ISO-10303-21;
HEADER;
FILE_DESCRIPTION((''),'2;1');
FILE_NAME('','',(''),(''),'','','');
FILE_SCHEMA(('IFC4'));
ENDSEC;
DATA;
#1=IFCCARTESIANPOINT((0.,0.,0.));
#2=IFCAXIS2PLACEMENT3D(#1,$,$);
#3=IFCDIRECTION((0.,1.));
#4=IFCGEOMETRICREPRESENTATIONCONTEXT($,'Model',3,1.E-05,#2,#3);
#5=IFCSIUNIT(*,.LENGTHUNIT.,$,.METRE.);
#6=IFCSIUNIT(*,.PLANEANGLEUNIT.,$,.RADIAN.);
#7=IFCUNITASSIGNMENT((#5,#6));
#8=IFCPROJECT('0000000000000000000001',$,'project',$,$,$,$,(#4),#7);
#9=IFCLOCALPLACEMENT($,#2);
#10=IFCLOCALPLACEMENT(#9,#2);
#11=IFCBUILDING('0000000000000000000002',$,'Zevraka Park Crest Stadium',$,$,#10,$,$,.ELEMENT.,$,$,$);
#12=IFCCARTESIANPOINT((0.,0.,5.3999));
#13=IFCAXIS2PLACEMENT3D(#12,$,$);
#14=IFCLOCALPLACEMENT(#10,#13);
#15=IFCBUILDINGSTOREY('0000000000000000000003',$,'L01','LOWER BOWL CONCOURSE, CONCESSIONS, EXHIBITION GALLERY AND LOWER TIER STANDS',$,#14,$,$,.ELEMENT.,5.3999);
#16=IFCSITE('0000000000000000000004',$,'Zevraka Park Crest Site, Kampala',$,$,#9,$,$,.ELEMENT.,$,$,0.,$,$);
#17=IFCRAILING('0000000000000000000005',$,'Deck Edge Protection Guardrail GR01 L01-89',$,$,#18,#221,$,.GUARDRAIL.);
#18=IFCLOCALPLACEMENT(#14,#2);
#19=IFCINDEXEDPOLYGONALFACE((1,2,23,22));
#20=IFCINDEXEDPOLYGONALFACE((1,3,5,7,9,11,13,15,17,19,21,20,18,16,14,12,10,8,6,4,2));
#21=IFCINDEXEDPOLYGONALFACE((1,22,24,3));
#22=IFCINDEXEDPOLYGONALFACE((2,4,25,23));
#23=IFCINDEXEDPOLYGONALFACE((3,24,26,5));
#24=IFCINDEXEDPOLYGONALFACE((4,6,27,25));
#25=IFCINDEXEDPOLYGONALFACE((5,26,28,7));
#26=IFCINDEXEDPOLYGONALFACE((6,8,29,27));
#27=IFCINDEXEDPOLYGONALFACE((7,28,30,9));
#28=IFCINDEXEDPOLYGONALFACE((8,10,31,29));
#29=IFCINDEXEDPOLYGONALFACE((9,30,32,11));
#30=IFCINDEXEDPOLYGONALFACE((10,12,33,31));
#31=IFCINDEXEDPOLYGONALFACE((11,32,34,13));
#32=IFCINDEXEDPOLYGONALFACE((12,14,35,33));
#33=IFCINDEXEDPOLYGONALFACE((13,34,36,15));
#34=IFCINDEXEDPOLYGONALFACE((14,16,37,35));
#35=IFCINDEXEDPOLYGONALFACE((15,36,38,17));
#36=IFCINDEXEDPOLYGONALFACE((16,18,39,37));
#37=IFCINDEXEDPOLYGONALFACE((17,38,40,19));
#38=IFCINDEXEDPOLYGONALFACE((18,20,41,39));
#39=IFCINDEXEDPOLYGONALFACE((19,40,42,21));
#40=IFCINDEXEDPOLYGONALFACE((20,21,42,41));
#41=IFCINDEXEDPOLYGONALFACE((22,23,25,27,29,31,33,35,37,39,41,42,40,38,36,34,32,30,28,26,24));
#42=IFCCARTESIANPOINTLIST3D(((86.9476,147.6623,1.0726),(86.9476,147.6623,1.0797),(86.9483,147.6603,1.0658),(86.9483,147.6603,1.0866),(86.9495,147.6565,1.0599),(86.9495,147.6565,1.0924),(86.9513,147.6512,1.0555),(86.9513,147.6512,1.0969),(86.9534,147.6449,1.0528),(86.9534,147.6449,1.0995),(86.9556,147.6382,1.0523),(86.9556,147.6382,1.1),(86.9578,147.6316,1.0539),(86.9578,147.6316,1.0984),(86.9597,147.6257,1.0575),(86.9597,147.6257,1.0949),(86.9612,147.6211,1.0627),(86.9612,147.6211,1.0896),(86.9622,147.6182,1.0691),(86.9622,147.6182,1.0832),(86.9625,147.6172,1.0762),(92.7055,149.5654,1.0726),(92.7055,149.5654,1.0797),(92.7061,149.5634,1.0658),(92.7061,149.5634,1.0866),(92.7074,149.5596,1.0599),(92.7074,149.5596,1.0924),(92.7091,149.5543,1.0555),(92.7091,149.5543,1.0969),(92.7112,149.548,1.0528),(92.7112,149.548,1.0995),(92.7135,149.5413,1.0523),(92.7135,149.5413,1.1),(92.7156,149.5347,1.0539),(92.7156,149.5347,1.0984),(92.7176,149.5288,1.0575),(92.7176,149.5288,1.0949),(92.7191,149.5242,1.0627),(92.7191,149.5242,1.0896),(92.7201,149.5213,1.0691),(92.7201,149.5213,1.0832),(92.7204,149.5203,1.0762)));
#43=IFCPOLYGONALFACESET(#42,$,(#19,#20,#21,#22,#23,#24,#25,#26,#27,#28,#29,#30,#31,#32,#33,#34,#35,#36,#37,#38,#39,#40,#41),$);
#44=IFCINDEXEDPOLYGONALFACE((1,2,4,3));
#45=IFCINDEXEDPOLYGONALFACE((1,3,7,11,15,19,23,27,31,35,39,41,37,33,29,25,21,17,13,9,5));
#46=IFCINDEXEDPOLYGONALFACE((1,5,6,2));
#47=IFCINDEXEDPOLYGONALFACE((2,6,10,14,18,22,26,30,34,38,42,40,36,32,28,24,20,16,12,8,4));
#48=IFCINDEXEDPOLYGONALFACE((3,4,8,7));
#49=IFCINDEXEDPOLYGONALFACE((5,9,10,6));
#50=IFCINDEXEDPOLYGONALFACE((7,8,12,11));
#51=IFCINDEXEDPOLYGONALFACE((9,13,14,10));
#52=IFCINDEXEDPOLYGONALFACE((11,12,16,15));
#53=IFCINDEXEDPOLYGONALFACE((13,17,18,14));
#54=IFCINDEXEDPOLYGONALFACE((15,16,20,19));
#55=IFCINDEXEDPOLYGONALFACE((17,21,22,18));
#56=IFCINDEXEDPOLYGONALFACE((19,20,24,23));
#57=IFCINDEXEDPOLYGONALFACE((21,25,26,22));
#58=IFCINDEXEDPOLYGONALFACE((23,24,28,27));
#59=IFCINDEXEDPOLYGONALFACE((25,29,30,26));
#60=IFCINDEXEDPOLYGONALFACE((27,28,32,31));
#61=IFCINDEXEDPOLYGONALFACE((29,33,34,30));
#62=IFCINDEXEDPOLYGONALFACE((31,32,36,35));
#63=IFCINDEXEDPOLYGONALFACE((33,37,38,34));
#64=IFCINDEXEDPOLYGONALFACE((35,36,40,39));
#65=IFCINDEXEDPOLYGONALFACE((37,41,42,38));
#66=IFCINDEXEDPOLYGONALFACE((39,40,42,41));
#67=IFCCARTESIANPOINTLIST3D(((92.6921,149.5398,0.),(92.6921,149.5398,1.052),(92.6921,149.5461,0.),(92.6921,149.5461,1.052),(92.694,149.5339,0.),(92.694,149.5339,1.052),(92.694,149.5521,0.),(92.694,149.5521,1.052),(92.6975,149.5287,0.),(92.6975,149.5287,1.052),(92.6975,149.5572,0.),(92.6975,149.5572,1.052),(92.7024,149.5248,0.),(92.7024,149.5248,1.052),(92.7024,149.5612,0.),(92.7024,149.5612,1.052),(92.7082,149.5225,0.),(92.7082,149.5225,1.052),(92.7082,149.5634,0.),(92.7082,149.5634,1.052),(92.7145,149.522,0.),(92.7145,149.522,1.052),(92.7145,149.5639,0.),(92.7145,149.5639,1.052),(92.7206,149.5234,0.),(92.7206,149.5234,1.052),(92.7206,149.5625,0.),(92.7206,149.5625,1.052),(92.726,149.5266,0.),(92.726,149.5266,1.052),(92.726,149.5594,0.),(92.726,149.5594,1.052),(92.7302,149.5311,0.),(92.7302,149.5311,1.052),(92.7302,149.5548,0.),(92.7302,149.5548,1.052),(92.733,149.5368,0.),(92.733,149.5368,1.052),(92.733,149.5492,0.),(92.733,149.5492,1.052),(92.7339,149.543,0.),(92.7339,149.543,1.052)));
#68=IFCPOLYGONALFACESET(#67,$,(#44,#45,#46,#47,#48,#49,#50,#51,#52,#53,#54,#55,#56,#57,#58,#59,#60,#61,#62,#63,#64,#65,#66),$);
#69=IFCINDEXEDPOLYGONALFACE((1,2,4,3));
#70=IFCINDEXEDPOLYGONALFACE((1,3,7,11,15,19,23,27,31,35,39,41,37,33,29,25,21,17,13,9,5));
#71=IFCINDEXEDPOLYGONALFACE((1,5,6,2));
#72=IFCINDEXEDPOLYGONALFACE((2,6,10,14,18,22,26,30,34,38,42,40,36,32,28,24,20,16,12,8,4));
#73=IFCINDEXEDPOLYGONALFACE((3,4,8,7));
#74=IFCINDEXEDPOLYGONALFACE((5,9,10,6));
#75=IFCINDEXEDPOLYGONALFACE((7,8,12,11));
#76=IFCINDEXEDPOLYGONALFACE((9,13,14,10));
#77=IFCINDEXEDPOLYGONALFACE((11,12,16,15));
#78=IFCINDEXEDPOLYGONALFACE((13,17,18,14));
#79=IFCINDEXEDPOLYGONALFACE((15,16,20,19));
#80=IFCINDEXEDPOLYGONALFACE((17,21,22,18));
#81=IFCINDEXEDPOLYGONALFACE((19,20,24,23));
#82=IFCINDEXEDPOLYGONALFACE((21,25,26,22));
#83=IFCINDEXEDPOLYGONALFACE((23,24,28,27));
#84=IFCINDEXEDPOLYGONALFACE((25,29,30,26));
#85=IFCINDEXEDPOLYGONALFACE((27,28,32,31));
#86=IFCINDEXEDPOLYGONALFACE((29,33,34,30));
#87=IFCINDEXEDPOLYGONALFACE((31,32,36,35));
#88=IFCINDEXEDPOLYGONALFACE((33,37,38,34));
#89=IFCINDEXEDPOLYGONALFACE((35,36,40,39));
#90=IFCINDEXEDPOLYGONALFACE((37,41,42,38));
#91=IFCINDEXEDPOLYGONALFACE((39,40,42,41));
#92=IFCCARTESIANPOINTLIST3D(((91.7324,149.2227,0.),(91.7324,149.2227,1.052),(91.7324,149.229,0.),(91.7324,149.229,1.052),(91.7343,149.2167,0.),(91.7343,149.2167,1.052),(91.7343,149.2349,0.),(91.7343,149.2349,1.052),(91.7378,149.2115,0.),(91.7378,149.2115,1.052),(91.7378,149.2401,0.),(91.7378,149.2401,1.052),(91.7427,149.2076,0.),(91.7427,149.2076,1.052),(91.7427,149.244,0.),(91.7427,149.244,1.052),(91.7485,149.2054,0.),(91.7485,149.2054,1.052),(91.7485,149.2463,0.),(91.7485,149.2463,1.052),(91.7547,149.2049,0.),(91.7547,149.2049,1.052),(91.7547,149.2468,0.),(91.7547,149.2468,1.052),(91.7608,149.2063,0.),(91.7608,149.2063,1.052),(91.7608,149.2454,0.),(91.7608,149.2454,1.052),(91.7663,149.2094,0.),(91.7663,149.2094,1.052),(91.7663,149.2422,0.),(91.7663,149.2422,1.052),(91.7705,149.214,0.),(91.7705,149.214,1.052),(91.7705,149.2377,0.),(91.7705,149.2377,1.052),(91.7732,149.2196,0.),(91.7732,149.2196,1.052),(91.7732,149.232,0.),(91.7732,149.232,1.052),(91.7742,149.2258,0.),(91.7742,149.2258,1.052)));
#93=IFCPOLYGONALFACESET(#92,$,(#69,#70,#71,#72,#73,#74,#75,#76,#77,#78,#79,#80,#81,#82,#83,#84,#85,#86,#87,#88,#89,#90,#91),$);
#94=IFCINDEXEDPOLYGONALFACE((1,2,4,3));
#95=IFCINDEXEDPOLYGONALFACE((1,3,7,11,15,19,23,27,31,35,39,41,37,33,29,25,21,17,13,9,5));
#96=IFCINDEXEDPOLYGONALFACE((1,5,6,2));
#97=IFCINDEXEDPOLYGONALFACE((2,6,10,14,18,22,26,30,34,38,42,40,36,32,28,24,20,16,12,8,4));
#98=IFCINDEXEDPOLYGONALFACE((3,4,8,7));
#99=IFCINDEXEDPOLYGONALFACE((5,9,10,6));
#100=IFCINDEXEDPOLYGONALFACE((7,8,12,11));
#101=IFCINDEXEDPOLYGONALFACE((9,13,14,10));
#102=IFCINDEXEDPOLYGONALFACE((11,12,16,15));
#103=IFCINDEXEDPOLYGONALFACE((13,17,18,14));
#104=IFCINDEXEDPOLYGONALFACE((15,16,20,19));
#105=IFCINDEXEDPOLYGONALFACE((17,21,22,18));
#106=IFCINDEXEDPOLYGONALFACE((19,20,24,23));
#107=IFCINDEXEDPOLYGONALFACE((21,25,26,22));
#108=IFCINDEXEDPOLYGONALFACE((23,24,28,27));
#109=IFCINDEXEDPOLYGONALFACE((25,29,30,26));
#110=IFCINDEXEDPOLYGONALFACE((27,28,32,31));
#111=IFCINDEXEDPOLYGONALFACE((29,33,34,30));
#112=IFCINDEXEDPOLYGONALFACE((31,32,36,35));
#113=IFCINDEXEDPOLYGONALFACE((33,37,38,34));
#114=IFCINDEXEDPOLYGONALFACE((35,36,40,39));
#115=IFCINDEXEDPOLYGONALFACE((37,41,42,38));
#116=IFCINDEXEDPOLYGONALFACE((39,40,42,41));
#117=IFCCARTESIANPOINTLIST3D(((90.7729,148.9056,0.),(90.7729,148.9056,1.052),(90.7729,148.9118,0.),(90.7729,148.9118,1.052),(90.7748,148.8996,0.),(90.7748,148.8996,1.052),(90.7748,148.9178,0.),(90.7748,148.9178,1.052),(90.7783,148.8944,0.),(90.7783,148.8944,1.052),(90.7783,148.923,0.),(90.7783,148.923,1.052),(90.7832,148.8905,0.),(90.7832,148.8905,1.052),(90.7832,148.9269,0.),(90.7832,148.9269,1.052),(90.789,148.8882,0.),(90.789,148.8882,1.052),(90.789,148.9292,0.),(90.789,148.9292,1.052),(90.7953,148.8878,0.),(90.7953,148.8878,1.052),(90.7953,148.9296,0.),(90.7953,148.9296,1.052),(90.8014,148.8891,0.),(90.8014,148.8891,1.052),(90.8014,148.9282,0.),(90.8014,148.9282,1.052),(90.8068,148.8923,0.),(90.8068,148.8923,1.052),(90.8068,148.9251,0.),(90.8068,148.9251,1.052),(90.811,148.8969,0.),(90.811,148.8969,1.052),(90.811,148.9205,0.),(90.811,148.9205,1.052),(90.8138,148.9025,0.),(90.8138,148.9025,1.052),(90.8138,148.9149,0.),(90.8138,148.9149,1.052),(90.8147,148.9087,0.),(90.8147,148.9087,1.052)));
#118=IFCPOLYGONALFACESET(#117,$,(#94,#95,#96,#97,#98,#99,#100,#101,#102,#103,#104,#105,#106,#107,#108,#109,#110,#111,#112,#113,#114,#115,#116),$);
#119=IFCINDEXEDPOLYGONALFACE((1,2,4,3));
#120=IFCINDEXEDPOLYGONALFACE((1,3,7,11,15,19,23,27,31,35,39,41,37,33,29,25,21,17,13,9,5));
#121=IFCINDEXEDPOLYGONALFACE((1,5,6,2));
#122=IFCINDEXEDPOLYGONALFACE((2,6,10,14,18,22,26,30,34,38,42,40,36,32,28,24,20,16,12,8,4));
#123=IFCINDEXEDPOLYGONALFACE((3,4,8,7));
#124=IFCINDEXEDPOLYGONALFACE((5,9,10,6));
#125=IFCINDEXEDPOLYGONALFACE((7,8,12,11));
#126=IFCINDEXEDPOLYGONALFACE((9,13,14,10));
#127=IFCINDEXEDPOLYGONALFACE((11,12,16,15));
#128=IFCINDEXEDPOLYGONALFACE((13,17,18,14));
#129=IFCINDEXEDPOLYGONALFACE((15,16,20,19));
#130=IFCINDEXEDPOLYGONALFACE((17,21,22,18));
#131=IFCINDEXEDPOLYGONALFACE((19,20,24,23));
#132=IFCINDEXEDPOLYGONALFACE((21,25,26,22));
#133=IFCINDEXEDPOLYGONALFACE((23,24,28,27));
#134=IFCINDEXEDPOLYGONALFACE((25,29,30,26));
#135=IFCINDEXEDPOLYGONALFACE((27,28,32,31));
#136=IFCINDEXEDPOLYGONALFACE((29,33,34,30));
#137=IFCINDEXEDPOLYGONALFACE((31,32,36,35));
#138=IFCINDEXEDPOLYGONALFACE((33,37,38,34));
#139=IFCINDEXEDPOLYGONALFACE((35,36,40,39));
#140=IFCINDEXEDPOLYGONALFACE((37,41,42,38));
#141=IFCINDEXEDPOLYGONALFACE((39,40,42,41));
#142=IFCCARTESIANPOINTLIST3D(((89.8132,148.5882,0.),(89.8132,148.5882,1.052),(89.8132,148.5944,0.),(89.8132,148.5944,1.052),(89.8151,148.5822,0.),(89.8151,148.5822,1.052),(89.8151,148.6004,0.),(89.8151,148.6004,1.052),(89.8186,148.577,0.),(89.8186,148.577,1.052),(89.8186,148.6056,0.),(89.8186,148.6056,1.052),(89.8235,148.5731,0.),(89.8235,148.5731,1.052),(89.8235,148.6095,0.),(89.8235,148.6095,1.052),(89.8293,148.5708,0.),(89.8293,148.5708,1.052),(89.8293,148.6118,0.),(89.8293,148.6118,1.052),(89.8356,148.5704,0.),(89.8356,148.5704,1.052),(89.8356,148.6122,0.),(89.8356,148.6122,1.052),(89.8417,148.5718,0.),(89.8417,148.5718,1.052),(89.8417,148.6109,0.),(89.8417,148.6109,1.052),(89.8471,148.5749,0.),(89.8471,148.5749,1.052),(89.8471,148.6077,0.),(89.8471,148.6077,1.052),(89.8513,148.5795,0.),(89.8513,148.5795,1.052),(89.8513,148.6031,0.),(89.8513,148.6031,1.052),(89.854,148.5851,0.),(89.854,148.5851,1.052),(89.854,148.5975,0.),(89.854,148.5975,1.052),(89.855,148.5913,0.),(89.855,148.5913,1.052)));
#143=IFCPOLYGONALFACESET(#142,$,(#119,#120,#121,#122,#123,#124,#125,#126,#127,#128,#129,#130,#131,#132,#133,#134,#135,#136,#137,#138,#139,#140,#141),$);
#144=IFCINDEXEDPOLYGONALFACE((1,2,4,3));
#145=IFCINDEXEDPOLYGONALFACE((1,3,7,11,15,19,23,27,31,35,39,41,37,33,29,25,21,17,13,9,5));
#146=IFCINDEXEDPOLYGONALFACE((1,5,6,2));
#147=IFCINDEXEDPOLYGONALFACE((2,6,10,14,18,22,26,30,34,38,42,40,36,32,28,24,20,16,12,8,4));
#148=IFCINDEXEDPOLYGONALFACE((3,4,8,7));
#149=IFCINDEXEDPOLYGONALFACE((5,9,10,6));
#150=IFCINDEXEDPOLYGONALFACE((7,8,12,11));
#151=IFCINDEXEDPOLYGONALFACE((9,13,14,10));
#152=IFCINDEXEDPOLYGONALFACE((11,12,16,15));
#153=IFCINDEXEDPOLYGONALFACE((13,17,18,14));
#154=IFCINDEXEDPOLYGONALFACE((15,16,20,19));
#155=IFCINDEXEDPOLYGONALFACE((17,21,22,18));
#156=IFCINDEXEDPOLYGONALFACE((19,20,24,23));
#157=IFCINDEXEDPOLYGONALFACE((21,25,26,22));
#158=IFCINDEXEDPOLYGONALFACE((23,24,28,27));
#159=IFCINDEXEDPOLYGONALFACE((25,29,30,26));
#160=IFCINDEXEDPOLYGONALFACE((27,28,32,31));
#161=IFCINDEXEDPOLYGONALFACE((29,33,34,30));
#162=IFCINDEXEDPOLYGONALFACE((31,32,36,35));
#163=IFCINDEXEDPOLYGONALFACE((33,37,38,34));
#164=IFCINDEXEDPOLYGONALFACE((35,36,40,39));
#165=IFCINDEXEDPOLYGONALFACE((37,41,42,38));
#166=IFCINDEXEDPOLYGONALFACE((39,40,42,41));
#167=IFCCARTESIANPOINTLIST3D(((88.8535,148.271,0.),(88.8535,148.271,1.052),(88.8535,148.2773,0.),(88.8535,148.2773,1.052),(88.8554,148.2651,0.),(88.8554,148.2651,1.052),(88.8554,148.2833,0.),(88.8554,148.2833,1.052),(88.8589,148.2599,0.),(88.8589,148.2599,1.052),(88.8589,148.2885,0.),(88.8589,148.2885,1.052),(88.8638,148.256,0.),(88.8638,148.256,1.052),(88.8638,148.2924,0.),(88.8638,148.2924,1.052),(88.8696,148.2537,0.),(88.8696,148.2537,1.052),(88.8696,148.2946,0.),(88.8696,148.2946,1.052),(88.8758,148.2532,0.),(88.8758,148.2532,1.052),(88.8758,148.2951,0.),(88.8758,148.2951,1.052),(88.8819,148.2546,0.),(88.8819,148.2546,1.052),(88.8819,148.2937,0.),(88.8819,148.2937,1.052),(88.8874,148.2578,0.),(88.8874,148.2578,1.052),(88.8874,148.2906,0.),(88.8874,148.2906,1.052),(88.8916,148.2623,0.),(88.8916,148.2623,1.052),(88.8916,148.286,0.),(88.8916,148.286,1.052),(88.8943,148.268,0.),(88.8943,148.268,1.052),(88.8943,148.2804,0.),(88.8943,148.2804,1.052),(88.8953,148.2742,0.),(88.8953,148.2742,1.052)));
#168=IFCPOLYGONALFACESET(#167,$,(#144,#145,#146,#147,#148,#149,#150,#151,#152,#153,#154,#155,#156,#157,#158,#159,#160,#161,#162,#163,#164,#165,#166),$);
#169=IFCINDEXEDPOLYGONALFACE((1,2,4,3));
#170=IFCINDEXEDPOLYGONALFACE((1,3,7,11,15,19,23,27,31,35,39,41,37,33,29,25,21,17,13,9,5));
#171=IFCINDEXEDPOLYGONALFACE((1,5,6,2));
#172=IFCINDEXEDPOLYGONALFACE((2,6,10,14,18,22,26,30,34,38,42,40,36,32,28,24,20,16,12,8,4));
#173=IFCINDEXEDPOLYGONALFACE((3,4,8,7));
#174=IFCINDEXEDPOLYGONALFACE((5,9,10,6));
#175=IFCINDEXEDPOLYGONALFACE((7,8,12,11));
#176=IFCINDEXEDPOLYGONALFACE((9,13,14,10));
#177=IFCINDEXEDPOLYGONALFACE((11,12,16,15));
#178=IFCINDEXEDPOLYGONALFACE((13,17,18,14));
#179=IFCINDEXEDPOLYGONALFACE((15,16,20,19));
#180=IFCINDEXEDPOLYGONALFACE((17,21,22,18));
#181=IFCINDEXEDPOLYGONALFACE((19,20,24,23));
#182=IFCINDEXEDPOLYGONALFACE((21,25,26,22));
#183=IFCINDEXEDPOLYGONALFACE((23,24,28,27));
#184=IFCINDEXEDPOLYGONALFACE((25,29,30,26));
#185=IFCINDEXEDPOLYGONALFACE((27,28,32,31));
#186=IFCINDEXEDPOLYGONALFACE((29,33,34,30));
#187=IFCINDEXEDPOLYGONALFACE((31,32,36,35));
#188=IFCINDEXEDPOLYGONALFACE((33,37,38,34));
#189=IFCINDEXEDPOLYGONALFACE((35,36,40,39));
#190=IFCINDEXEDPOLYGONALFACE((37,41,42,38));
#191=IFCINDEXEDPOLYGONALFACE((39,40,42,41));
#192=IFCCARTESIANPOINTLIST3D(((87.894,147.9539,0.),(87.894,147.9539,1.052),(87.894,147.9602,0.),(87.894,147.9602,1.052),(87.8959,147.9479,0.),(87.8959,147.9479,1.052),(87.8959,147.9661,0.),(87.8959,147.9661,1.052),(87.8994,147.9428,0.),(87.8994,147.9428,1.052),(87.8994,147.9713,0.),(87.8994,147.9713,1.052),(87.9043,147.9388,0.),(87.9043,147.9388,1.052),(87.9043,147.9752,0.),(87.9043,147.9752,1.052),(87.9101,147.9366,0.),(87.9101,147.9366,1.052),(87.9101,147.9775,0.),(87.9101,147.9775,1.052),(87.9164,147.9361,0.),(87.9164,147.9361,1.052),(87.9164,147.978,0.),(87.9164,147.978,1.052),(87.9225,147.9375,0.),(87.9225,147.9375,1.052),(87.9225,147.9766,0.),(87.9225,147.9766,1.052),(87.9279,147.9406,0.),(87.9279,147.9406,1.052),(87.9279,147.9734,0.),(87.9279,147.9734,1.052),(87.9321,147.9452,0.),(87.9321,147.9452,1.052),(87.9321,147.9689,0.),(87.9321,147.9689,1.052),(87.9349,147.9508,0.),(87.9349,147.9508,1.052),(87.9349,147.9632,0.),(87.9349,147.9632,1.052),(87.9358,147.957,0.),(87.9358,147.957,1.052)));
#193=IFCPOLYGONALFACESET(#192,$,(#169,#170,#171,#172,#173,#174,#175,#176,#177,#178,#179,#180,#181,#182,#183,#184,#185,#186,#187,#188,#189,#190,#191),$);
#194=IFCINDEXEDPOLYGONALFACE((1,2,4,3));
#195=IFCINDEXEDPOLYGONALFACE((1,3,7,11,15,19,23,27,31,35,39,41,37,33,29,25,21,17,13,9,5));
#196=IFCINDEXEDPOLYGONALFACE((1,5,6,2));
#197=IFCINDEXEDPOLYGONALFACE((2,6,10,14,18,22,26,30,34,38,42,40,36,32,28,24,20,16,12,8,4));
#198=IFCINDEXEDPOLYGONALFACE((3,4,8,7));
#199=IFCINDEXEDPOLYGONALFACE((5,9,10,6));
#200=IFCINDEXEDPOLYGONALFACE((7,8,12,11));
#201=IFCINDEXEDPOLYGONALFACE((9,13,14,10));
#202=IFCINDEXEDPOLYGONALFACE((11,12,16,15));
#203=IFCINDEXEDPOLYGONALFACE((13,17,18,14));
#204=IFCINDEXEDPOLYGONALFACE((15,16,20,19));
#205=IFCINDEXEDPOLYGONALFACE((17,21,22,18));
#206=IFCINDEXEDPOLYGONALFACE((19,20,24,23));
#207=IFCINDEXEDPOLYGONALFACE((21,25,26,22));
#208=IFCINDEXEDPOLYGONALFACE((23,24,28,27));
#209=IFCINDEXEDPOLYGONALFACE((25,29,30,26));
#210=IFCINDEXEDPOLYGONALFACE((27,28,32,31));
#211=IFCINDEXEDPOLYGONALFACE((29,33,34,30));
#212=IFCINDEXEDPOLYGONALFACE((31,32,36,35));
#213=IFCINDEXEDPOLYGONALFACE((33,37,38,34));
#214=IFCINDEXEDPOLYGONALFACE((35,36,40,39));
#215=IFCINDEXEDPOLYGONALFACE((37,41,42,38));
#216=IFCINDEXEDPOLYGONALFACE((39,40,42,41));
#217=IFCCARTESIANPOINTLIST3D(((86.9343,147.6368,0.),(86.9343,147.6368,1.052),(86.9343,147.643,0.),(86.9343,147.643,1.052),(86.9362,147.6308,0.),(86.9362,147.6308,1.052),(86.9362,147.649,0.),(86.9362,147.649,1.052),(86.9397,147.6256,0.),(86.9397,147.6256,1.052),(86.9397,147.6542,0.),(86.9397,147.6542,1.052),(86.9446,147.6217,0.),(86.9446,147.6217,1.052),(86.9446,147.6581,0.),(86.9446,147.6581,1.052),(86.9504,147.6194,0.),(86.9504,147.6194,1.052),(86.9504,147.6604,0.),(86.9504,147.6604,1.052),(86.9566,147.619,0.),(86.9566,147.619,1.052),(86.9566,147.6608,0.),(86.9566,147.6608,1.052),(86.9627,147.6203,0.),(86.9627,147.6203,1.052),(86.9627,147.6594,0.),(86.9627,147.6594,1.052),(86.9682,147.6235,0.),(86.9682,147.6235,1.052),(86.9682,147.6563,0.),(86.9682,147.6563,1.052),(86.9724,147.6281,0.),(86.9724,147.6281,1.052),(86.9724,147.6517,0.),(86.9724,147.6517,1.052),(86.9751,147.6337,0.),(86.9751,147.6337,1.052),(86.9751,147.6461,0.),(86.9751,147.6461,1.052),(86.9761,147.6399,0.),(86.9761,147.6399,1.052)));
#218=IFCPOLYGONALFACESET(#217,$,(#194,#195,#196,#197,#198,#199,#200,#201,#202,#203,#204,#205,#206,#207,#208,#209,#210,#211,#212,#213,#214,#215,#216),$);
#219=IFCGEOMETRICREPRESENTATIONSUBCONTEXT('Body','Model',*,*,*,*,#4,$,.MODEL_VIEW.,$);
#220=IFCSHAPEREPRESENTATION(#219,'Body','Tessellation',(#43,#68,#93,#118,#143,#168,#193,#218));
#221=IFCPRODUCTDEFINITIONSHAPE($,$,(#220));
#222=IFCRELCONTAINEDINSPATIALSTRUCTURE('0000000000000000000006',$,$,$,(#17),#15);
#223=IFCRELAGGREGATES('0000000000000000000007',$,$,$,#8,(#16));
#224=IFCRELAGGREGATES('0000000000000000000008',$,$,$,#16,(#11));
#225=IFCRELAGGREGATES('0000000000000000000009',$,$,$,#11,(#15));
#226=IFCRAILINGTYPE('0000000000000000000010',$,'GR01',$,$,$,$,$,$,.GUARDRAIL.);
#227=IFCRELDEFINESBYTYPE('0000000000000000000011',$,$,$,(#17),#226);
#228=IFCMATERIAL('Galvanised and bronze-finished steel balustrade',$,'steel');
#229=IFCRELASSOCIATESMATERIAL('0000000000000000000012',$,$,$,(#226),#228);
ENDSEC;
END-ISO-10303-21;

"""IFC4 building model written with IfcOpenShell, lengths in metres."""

from ifc_helpers import new_model, si_unit, direction, frame, origin, origin_2d, place, context, subcontext, project, spatial, circle, extrude, material, type_object, element, save


model = new_model("IFC4")

# Units and contexts
model_context = context("Model", 3, precision=1e-05, world=origin(), true_north=direction((0.0, 1.0)))
body_context = subcontext(model_context, "Body", "Model", "MODEL_VIEW")
ifc_project = project(units=[si_unit("LENGTHUNIT", "METRE"), si_unit("PLANEANGLEUNIT", "RADIAN")], contexts=[model_context])

# Site, building, storey
site_placement = place(None, origin())
site = spatial("IfcSite", under=ifc_project, at=site_placement, Name="Zevraka Park Crest Site, Kampala", CompositionType="ELEMENT", RefElevation=0.0)
building_placement = place(site_placement, origin())
building = spatial("IfcBuilding", under=site, at=building_placement, Name="Zevraka Park Crest Stadium", CompositionType="ELEMENT")
storey_placement = place(building_placement, frame((0.0, 0.0, 5.3999)))
storey = spatial("IfcBuildingStorey", under=building, at=storey_placement, Name="L01", Description="LOWER BOWL CONCOURSE, CONCESSIONS, EXHIBITION GALLERY AND LOWER TIER STANDS", CompositionType="ELEMENT", Elevation=5.3999)

# Railing
ifc_material_1 = material(Name="Galvanised and bronze-finished steel balustrade", Category="steel")
railing_type_1 = type_object("IfcRailingType", Name="GR01", PredefinedType="GUARDRAIL", material=ifc_material_1)
railing_1_placement = place(storey_placement, frame((92.7129, 149.543, 0.0)))
element("IfcRailing", 1, at=railing_1_placement, inside=storey, type_object=railing_type_1, Name="Deck Edge Protection Guardrail GR01 L01-89", PredefinedType="GUARDRAIL", context=body_context, shape_type="SweptSolid", body=[
    extrude(circle(Radius=0.0239, at=origin_2d()), frame((0.0, 0.0, 1.0762), z_axis=(-0.949481, -0.313823, 0.0), x_axis=(0.313823, -0.949481, 0.0)), (0.0, 0.0, 1.0), 6.0642),
    extrude(circle(Radius=0.021, at=origin_2d()), origin(), (0.0, 0.0, 1.0), 1.052),
    extrude(circle(Radius=0.021, at=origin_2d()), frame((-0.9597, -0.3171, 0.0)), (0.0, 0.0, 1.0), 1.052),
    extrude(circle(Radius=0.021, at=origin_2d()), frame((-1.9192, -0.6343, 0.0)), (0.0, 0.0, 1.0), 1.052),
    extrude(circle(Radius=0.021, at=origin_2d()), frame((-2.8789, -0.9517, 0.0)), (0.0, 0.0, 1.0), 1.052),
    extrude(circle(Radius=0.021, at=origin_2d()), frame((-3.8386, -1.2688, 0.0)), (0.0, 0.0, 1.0), 1.052),
    extrude(circle(Radius=0.021, at=origin_2d()), frame((-4.7981, -1.5859, 0.0)), (0.0, 0.0, 1.0), 1.052),
    extrude(circle(Radius=0.021, at=origin_2d()), frame((-5.7578, -1.9031, 0.0)), (0.0, 0.0, 1.0), 1.052),
])

save(model, "model.ifc")
